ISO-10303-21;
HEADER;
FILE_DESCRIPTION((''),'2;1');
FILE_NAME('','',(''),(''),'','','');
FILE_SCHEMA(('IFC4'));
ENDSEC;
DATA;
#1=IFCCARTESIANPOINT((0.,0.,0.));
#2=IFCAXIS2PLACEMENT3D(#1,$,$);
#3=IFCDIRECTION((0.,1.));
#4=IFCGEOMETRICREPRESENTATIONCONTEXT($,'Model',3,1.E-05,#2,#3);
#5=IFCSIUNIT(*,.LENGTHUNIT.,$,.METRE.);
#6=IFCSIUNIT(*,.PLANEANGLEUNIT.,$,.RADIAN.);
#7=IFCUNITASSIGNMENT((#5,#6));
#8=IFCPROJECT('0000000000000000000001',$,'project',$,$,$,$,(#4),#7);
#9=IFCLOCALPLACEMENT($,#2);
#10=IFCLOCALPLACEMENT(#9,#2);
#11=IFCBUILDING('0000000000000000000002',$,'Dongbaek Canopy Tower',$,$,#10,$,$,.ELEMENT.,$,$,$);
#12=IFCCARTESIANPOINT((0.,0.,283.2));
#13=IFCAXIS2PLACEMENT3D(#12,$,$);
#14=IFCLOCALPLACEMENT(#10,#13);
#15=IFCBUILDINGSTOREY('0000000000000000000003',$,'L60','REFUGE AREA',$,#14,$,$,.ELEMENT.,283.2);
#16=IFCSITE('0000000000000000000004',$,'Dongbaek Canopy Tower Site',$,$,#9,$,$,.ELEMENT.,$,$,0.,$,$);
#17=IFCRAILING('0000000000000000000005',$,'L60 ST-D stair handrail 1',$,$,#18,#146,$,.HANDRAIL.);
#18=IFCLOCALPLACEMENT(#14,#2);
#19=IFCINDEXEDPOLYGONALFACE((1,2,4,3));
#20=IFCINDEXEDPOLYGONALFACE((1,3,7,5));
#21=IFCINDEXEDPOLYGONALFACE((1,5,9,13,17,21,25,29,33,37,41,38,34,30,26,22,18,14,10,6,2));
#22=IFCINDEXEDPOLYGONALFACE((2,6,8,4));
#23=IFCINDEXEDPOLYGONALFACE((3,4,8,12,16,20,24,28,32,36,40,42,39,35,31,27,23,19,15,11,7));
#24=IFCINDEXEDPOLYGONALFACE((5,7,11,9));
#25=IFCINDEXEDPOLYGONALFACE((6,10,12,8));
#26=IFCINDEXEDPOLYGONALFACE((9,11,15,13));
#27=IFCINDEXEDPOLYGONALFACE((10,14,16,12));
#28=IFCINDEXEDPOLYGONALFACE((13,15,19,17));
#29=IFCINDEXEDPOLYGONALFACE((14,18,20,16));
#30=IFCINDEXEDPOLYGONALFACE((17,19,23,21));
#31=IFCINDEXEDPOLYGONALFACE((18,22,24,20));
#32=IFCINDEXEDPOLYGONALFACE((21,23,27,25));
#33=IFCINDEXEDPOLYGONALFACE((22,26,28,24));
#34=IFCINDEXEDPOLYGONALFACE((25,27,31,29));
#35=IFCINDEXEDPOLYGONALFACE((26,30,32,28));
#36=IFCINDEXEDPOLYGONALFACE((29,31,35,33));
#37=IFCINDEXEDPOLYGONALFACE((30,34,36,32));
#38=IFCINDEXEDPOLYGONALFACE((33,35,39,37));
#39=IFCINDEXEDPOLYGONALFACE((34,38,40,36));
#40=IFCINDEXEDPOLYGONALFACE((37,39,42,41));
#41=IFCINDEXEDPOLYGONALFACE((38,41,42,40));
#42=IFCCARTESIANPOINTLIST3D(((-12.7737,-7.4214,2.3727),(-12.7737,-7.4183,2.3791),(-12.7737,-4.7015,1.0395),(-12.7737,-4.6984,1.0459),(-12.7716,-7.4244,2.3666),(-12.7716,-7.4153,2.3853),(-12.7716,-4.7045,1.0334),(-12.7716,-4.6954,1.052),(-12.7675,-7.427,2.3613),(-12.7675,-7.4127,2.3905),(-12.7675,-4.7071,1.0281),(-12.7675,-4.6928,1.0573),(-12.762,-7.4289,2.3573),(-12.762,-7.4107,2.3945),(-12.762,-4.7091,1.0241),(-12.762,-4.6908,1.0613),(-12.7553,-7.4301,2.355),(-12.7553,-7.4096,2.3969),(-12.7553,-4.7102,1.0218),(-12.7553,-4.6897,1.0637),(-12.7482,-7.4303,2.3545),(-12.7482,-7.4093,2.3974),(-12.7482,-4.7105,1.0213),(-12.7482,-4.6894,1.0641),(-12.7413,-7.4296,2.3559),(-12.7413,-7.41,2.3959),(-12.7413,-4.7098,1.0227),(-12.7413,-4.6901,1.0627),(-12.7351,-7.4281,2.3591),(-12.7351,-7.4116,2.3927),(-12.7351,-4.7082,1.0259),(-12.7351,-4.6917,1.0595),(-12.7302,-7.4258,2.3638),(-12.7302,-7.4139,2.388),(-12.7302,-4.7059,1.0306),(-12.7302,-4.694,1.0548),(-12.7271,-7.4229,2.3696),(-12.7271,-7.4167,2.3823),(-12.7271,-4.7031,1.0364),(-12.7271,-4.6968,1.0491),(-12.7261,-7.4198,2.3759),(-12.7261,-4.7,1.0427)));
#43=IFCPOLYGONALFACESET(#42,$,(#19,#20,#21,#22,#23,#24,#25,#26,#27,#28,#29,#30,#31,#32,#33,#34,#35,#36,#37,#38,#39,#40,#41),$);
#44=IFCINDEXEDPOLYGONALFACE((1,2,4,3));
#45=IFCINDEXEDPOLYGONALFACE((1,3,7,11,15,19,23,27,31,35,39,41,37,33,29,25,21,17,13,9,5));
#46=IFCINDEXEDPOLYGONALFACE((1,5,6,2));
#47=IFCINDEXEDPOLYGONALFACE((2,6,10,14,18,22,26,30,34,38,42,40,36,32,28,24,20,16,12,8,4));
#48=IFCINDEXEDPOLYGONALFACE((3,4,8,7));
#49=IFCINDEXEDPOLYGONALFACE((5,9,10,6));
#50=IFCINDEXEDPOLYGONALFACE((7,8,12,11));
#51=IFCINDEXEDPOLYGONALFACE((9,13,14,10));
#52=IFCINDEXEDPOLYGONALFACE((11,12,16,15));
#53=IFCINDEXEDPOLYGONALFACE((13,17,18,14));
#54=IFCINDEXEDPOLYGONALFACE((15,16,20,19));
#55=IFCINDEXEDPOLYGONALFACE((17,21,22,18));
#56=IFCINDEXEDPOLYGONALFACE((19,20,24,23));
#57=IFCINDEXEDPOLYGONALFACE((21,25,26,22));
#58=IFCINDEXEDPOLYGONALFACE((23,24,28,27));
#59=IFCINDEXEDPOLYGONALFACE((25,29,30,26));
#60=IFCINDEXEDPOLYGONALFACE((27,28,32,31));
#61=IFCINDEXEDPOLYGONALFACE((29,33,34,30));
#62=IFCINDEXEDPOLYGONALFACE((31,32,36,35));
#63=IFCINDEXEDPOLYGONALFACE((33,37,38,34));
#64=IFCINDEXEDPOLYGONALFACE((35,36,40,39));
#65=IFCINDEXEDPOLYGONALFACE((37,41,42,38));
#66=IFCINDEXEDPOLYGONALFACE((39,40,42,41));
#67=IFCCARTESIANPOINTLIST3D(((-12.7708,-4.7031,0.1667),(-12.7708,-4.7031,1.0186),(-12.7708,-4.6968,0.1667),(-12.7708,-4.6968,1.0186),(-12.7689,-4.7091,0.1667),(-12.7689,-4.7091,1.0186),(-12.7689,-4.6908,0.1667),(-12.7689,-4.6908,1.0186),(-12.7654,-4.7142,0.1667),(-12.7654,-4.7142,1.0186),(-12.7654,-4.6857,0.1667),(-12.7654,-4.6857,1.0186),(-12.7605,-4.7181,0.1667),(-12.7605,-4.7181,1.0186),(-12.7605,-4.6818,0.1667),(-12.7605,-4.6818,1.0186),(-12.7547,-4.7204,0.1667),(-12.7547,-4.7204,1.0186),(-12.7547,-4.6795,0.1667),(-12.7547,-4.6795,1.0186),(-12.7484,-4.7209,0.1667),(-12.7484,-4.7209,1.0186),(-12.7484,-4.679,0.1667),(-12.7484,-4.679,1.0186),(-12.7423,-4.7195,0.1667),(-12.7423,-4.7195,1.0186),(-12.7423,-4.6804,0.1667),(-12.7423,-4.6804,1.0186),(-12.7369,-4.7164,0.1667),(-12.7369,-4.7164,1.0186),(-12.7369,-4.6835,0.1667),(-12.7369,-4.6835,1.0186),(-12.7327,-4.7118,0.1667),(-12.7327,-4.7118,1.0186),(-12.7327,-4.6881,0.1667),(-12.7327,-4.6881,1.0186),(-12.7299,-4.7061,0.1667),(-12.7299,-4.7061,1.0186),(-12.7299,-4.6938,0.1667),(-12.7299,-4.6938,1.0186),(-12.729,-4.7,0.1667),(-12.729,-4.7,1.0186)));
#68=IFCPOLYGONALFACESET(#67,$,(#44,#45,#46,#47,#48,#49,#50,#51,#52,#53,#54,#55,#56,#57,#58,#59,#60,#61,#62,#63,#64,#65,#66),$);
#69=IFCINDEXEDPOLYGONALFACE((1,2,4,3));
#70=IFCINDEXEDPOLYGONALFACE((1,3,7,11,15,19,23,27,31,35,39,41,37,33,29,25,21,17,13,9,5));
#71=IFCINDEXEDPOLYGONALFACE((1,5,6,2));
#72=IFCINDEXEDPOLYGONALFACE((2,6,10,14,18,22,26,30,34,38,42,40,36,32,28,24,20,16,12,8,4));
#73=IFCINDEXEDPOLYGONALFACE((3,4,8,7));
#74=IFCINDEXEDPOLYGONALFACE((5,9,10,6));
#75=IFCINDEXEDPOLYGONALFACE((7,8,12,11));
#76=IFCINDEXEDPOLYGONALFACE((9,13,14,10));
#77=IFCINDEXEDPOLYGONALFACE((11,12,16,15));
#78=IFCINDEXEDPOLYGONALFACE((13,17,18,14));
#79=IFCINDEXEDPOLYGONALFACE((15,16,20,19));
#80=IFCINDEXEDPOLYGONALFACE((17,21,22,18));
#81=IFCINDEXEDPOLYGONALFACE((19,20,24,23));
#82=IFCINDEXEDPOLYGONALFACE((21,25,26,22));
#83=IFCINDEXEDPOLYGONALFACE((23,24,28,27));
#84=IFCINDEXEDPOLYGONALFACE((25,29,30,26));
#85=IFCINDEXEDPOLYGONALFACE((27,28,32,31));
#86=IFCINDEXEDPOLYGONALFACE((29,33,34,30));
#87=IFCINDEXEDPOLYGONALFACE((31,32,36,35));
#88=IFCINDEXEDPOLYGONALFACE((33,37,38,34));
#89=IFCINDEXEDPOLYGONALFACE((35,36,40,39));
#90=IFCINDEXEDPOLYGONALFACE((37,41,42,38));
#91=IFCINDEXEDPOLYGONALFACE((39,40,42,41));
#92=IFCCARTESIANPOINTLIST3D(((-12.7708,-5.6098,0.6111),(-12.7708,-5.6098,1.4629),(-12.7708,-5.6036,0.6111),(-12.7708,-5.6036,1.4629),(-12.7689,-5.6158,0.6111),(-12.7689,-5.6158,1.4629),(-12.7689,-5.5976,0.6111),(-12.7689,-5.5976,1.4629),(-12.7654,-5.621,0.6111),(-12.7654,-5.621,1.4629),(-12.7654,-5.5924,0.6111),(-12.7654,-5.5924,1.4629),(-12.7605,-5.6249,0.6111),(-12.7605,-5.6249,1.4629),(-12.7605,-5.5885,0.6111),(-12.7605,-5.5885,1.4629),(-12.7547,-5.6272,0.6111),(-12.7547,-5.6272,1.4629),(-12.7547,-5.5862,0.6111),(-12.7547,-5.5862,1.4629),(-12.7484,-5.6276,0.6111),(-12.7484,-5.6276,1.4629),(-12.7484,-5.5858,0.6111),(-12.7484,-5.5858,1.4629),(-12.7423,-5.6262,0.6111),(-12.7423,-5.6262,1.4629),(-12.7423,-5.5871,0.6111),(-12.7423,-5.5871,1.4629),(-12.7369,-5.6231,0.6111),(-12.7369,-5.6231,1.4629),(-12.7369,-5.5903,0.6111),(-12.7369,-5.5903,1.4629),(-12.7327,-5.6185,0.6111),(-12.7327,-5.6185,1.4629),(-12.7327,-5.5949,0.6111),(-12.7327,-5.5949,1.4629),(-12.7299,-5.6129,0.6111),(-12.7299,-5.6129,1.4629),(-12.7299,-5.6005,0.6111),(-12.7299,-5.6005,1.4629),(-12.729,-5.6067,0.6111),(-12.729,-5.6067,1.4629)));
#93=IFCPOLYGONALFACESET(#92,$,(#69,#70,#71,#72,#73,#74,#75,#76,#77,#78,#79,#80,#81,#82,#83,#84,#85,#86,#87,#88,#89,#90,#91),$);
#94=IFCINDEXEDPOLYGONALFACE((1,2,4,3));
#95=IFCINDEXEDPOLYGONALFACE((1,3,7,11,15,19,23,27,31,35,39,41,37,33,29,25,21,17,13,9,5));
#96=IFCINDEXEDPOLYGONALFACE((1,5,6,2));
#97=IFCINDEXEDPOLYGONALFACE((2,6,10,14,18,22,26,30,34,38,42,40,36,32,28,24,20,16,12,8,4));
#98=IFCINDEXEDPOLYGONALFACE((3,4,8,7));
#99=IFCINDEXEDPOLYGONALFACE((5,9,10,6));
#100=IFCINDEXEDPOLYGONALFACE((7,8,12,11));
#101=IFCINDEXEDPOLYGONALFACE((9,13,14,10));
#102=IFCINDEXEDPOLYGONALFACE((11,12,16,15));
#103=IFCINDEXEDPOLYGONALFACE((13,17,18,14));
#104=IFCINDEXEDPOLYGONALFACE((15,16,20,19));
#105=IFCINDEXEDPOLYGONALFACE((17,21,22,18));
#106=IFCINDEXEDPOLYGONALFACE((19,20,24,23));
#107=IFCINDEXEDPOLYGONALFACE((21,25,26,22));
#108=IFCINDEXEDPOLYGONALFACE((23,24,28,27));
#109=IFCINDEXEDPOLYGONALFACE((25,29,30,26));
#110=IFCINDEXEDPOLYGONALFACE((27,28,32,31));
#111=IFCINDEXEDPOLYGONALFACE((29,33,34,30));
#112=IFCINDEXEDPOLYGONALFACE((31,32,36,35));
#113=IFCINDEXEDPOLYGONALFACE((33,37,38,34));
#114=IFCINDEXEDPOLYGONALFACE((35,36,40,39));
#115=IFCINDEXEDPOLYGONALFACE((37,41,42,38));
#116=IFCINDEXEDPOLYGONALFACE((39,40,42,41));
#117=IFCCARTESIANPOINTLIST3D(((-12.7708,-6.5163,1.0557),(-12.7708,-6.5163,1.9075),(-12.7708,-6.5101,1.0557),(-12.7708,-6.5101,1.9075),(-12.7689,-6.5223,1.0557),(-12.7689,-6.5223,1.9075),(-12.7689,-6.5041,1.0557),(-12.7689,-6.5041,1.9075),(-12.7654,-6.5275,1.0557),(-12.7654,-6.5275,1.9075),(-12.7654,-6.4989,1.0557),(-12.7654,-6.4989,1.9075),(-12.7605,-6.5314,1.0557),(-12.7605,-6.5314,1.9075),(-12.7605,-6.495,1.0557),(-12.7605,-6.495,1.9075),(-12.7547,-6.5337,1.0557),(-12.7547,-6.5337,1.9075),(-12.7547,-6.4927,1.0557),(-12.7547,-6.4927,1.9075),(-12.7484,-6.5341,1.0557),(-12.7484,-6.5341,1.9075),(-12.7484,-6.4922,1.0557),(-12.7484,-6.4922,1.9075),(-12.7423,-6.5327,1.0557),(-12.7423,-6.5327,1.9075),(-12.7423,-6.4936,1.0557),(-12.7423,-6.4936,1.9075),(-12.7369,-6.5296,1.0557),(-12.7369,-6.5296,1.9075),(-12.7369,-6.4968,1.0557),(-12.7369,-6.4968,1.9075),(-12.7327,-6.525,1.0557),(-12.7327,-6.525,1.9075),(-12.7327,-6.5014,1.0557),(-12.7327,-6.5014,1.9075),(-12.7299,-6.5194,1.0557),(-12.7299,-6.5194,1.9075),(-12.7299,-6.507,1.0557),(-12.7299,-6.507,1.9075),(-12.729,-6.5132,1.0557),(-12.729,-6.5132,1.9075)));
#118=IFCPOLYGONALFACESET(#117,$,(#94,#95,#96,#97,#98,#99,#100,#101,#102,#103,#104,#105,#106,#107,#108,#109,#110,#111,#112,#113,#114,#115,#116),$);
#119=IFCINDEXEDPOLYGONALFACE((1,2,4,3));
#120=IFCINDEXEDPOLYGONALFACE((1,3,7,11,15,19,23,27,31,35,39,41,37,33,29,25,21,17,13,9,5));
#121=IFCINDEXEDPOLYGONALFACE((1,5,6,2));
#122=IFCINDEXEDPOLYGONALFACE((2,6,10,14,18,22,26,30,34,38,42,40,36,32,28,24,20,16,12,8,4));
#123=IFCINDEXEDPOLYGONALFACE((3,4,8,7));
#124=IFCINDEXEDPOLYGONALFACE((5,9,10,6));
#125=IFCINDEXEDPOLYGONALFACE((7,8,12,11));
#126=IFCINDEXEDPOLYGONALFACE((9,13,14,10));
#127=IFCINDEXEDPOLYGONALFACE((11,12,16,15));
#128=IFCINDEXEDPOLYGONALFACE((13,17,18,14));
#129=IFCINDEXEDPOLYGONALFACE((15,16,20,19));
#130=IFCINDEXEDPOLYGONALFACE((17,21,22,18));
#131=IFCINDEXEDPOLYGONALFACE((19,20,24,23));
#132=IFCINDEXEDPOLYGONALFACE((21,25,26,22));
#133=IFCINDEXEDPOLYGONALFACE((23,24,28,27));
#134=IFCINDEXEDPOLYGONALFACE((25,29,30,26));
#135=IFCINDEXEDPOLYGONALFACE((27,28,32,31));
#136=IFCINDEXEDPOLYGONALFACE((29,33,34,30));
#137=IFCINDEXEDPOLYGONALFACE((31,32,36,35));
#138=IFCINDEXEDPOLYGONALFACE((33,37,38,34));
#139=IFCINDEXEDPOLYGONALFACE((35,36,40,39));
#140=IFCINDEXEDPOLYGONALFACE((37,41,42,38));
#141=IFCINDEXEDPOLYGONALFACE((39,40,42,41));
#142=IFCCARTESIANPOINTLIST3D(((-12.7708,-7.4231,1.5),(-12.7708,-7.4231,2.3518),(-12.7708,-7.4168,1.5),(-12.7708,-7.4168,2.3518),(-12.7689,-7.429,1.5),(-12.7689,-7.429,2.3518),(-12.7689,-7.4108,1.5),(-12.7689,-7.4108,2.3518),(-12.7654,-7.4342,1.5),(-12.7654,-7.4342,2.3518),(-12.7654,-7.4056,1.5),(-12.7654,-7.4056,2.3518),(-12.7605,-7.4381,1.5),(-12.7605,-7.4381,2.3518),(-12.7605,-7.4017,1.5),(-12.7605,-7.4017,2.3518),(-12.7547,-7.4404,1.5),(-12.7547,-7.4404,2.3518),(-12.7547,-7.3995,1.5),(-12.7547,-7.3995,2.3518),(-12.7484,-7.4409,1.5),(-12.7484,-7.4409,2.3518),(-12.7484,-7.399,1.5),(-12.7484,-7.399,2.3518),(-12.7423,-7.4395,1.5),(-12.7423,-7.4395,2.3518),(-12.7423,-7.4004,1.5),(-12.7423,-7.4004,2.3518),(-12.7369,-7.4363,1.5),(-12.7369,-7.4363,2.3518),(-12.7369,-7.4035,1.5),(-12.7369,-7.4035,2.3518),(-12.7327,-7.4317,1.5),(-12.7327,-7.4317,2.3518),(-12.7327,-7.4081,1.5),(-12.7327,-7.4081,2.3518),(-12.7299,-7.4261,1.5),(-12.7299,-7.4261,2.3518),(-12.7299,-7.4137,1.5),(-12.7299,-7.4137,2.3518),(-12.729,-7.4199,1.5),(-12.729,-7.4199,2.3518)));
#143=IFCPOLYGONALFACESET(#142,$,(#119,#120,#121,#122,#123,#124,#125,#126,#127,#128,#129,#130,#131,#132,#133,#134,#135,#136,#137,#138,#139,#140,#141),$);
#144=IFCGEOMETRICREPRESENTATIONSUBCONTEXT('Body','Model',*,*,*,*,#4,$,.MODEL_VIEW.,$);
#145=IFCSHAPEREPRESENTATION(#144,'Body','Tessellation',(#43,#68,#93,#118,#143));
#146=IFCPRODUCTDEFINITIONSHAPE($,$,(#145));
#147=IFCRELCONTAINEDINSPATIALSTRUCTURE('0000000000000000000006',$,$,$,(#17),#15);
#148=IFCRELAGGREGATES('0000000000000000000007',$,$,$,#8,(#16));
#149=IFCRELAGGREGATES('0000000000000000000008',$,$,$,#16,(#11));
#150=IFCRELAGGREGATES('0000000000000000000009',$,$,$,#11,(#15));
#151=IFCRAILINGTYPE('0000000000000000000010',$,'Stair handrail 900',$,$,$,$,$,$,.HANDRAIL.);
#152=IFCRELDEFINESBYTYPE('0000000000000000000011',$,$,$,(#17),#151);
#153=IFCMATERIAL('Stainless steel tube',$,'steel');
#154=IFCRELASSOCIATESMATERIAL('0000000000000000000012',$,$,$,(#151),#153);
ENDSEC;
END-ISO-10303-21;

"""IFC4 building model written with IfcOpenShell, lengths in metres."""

from ifc_helpers import new_model, si_unit, direction, frame, origin, origin_2d, place, context, subcontext, project, spatial, circle, extrude, material, type_object, element, save


model = new_model("IFC4")

# Units and contexts
model_context = context("Model", 3, precision=1e-05, world=origin(), true_north=direction((0.0, 1.0)))
body_context = subcontext(model_context, "Body", "Model", "MODEL_VIEW")
ifc_project = project(units=[si_unit("LENGTHUNIT", "METRE"), si_unit("PLANEANGLEUNIT", "RADIAN")], contexts=[model_context])

# Site, building, storey
site_placement = place(None, origin())
site = spatial("IfcSite", under=ifc_project, at=site_placement, Name="Dongbaek Canopy Tower Site", CompositionType="ELEMENT", RefElevation=0.0)
building_placement = place(site_placement, origin())
building = spatial("IfcBuilding", under=site, at=building_placement, Name="Dongbaek Canopy Tower", CompositionType="ELEMENT")
storey_placement = place(building_placement, frame((0.0, 0.0, 283.2)))
storey = spatial("IfcBuildingStorey", under=building, at=storey_placement, Name="L60", Description="REFUGE AREA", CompositionType="ELEMENT", Elevation=283.2)

# Railing
ifc_material_1 = material(Name="Stainless steel tube", Category="steel")
railing_type_1 = type_object("IfcRailingType", Name="Stair handrail 900", PredefinedType="HANDRAIL", material=ifc_material_1)
for number, where, name in (
    (1, (-12.75, -4.7, 0.1667), "L60 ST-D stair handrail 1"),
):
    element("IfcRailing", number, at=place(storey_placement, frame(where)), inside=storey, type_object=railing_type_1, Name=name, PredefinedType="HANDRAIL", context=body_context, shape_type="SweptSolid", body=[
        extrude(circle(Radius=0.0239, at=origin_2d()), frame((0.0, 0.0, 0.876), z_axis=(0.0, -0.897929, 0.440139), x_axis=(1.0, 0.0, 0.0)), (0.0, 0.0, 1.0), 3.0291),
        extrude(circle(Radius=0.021, at=origin_2d()), origin(), (0.0, 0.0, 1.0), 0.8518),
        extrude(circle(Radius=0.021, at=origin_2d()), frame((0.0, -0.9067, 0.4443)), (0.0, 0.0, 1.0), 0.8518),
        extrude(circle(Radius=0.021, at=origin_2d()), frame((0.0, -1.8132, 0.8889)), (0.0, 0.0, 1.0), 0.8518),
        extrude(circle(Radius=0.021, at=origin_2d()), frame((0.0, -2.72, 1.3333)), (0.0, 0.0, 1.0), 0.8518),
    ])

save(model, "model.ifc")
